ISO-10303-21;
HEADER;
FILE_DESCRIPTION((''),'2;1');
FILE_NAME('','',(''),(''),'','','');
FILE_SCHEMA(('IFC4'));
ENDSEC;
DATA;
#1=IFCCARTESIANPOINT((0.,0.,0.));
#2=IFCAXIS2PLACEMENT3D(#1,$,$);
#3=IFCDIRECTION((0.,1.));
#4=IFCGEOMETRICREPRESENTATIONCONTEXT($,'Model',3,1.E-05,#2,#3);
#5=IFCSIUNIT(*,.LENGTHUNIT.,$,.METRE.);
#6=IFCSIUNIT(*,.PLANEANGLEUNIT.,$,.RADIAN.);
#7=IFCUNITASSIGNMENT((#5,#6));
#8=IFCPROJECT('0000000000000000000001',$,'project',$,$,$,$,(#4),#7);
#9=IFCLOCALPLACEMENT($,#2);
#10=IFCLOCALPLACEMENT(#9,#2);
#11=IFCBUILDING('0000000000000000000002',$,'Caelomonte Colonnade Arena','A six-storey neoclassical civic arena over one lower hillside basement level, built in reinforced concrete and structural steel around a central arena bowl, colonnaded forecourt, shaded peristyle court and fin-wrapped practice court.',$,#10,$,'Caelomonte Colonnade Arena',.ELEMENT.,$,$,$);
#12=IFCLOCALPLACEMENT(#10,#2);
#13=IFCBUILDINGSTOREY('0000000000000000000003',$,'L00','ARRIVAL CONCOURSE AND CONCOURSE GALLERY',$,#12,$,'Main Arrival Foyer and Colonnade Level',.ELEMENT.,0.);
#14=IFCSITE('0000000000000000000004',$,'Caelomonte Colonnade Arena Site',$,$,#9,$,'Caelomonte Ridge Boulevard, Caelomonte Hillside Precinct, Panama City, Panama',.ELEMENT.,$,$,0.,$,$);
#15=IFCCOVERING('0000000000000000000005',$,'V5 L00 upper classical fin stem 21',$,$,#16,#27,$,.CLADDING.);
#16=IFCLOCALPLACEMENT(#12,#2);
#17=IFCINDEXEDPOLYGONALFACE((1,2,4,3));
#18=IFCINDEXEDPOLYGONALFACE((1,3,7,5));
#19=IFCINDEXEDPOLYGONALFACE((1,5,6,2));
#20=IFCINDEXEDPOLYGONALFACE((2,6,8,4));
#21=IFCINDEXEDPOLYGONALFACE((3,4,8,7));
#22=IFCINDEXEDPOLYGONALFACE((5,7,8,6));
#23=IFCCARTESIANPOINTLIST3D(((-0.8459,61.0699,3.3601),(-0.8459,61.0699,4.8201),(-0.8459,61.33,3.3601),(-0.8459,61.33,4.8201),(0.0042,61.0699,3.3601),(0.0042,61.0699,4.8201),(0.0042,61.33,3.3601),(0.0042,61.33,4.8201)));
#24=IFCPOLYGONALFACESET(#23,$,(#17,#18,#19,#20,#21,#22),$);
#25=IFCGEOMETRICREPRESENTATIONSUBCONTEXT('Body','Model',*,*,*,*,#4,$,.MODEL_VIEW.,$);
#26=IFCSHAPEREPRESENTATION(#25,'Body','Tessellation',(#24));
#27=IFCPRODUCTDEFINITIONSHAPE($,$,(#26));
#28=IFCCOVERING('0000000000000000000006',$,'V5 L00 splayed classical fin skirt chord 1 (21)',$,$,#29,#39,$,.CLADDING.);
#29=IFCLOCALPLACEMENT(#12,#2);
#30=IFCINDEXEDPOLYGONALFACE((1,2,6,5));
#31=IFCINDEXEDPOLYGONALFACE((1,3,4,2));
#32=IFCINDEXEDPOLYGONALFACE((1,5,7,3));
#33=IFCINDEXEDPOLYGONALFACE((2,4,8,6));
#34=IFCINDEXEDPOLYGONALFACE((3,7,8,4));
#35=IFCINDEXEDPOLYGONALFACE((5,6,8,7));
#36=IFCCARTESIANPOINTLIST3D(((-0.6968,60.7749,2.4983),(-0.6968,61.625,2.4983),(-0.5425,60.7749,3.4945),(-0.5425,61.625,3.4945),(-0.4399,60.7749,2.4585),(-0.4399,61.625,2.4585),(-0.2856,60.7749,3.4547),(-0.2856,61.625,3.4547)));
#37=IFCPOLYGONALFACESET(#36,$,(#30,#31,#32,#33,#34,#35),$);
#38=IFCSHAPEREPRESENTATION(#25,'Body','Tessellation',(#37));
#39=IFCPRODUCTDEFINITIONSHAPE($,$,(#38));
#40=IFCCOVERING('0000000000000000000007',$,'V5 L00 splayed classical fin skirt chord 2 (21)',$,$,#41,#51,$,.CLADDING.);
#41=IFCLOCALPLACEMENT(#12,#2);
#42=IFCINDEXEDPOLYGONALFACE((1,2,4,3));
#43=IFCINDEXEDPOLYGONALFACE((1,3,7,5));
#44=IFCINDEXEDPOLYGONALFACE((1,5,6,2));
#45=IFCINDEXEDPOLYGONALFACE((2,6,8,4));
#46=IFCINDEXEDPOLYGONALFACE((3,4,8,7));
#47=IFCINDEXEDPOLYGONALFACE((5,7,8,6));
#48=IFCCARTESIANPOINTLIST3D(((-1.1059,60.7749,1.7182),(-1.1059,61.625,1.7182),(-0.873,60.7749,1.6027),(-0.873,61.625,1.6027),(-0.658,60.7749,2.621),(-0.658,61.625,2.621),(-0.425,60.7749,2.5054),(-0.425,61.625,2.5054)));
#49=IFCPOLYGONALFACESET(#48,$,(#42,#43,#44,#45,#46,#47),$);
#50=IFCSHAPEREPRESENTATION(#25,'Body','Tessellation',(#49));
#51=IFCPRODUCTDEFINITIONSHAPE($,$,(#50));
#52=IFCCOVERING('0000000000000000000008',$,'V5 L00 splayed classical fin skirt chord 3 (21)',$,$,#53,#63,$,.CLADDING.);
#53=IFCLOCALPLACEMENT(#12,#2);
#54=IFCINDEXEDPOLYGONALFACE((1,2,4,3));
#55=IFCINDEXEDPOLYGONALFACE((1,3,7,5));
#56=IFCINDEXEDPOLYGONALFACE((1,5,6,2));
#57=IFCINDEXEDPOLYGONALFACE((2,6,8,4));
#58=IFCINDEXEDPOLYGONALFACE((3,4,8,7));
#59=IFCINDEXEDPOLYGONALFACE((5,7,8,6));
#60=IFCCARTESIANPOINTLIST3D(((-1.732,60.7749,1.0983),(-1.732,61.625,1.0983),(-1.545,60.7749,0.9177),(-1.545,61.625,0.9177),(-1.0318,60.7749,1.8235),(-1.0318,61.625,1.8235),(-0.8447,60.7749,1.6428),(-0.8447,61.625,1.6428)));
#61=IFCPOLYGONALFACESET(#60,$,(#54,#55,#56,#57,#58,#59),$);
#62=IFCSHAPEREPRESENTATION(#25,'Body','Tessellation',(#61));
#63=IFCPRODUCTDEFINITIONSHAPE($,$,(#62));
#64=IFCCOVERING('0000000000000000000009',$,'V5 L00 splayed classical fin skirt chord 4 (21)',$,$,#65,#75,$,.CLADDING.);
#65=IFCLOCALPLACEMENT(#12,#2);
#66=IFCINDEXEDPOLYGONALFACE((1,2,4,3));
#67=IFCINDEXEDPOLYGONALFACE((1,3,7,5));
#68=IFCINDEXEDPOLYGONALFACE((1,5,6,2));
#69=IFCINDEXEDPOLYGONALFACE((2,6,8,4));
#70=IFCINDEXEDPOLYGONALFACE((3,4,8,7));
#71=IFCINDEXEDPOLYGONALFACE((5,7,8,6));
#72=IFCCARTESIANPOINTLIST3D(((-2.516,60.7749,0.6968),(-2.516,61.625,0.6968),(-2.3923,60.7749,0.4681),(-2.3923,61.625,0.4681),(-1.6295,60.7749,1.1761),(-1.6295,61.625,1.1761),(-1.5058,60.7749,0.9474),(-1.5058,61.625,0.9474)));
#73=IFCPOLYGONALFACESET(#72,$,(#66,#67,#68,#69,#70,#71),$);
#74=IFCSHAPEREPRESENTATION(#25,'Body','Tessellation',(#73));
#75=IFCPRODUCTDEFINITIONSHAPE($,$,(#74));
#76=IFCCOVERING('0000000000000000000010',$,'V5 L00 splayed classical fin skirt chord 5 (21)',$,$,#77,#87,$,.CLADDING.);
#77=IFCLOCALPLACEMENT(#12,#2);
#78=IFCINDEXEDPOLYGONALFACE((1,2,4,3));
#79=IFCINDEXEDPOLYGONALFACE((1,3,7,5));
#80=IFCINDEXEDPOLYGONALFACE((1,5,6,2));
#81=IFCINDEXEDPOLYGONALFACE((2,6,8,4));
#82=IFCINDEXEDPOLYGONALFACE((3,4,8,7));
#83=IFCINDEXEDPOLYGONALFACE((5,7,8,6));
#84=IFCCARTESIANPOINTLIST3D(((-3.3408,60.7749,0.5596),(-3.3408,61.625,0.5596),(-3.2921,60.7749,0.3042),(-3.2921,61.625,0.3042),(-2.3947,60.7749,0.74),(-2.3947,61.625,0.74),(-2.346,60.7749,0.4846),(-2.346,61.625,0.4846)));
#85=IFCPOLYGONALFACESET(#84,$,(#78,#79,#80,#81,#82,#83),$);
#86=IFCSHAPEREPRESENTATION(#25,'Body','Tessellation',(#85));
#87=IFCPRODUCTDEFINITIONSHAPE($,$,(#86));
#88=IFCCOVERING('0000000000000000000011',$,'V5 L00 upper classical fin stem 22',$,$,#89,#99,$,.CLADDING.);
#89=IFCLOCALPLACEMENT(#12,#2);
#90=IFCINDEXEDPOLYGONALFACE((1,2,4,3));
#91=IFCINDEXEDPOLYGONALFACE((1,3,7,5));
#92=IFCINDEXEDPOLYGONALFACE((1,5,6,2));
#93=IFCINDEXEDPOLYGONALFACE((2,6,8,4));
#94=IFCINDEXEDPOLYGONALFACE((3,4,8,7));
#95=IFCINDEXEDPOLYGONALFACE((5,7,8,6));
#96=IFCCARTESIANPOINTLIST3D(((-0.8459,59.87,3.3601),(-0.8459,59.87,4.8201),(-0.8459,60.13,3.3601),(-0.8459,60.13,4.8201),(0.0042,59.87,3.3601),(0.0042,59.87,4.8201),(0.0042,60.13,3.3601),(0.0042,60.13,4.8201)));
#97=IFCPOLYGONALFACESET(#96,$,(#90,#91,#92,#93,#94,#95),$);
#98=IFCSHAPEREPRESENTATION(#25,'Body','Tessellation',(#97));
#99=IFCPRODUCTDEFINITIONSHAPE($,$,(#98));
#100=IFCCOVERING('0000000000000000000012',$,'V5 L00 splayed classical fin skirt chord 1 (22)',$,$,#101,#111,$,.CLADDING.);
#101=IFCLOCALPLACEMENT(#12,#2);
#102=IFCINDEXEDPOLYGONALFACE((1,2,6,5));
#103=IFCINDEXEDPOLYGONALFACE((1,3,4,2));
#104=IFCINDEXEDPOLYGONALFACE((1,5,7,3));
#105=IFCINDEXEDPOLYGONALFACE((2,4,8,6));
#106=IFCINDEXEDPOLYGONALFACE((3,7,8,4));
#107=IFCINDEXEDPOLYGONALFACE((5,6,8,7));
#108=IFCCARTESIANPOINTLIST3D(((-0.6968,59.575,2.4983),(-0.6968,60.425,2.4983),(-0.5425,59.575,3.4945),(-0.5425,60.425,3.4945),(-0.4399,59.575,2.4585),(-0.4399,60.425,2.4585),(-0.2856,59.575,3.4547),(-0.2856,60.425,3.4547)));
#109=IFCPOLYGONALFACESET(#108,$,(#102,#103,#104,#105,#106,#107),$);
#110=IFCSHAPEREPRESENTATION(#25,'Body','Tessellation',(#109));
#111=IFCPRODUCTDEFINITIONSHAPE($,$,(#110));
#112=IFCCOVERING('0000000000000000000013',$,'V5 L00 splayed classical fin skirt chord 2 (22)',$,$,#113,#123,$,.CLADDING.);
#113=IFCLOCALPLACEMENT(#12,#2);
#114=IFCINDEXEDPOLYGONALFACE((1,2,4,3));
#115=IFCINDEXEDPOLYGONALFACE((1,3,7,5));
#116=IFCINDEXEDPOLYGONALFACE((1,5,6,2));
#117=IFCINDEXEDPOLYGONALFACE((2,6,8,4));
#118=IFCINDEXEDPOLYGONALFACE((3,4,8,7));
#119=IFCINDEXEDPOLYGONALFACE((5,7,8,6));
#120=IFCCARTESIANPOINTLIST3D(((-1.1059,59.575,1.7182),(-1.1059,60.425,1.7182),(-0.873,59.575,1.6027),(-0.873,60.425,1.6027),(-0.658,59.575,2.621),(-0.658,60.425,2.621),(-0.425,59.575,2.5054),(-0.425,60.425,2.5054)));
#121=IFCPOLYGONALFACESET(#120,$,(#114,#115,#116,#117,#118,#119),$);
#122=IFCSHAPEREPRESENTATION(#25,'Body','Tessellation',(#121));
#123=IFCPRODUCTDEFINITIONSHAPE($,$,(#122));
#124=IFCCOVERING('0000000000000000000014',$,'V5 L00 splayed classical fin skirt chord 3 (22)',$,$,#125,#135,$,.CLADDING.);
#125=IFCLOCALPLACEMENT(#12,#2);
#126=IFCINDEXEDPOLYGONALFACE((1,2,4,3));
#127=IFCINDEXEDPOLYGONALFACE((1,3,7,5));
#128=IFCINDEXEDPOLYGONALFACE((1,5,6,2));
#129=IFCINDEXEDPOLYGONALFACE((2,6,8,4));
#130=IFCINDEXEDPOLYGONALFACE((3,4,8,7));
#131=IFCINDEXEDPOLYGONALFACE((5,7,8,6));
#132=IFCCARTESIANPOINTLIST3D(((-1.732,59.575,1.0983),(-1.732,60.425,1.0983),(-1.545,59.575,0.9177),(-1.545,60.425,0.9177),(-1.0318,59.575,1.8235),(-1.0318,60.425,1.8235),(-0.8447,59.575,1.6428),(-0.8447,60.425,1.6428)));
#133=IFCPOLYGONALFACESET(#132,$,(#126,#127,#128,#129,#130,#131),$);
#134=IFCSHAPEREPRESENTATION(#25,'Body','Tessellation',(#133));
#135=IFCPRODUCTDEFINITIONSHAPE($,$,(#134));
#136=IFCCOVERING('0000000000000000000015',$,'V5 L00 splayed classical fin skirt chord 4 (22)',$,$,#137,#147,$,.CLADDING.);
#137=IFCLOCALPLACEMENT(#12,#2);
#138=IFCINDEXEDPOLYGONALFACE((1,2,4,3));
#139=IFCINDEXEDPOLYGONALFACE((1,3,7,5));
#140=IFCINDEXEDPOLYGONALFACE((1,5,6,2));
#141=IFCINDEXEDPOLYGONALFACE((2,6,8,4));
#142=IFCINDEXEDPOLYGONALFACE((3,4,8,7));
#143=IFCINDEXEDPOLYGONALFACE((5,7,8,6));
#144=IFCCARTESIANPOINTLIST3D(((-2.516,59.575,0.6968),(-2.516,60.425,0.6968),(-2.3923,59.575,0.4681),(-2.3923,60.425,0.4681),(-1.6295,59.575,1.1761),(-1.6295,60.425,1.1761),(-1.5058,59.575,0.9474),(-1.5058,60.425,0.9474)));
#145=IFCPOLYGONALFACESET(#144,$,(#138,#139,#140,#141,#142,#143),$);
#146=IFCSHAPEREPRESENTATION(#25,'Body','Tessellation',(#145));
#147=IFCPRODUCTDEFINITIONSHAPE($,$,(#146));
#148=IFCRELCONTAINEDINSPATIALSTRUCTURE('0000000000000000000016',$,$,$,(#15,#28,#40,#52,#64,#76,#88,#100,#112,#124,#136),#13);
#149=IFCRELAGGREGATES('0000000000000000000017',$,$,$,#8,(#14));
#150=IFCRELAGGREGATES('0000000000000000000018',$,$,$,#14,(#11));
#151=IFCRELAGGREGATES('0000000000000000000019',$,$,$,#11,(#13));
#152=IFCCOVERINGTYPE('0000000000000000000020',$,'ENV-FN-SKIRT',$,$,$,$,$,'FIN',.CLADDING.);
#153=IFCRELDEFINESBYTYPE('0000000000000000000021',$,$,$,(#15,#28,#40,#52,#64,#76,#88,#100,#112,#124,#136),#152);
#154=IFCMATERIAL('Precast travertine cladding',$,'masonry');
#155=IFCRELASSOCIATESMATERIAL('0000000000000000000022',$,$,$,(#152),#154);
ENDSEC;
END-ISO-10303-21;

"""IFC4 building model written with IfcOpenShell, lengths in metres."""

from ifc_helpers import new_model, si_unit, direction, frame, origin, origin_2d, place, context, subcontext, project, spatial, rectangle, extrude, material, material_profile, profile_set, type_object, element, save


model = new_model("IFC4")

# Units and contexts
model_context = context("Model", 3, precision=1e-05, world=origin(), true_north=direction((0.0, 1.0)))
body_context = subcontext(model_context, "Body", "Model", "MODEL_VIEW")
ifc_project = project(units=[si_unit("LENGTHUNIT", "METRE"), si_unit("PLANEANGLEUNIT", "RADIAN")], contexts=[model_context])

# Site, building, storey
site_placement = place(None, origin())
site = spatial("IfcSite", under=ifc_project, at=site_placement, Name="Caelomonte Colonnade Arena Site", LongName="Caelomonte Ridge Boulevard, Caelomonte Hillside Precinct, Panama City, Panama", CompositionType="ELEMENT", RefElevation=0.0)
building_placement = place(site_placement, origin())
building = spatial("IfcBuilding", under=site, at=building_placement, Name="Caelomonte Colonnade Arena", Description="A six-storey neoclassical civic arena over one lower hillside basement level, built in reinforced concrete and structural steel around a central arena bowl, colonnaded forecourt, shaded peristyle court and fin-wrapped practice court.", LongName="Caelomonte Colonnade Arena", CompositionType="ELEMENT")
storey_placement = place(building_placement, origin())
storey = spatial("IfcBuildingStorey", under=building, at=storey_placement, Name="L00", Description="ARRIVAL CONCOURSE AND CONCOURSE GALLERY", LongName="Main Arrival Foyer and Colonnade Level", CompositionType="ELEMENT", Elevation=0.0)

# Coverings
ifc_material = material(Name="Precast travertine cladding", Category="masonry")
ifc_material_profile = material_profile(ifc_material, rectangle(XDim=0.26, YDim=0.8501, at=origin_2d()), Name="FIN260X850")
ifc_profile_set = profile_set([ifc_material_profile], Name="Precast travertine cladding")
covering_type = type_object("IfcCoveringType", Name="ENV-FN-SKIRT", ElementType="FIN", PredefinedType="CLADDING", material=ifc_profile_set)
covering_1_placement = place(storey_placement, frame((-0.4209, 61.2, 3.3601), z_axis=(0.0, 0.0, 1.0), x_axis=(0.0, 1.0, 0.0)))
element("IfcCovering", 1, at=covering_1_placement, inside=storey, type_object=covering_type, Name="V5 L00 upper classical fin stem 21", PredefinedType="CLADDING", context=body_context, shape_type="SweptSolid", body=[
    extrude(rectangle(XDim=0.26, YDim=0.8501, at=origin_2d()), origin(), (0.0, 0.0, 1.0), 1.46),
])
covering_2_placement = place(storey_placement, frame((-0.4141, 61.2, 3.4746), z_axis=(-0.153076, 0.0, -0.988214), x_axis=(-0.988214, 0.0, 0.153076)))
element("IfcCovering", 2, at=covering_2_placement, inside=storey, type_object=covering_type, Name="V5 L00 splayed classical fin skirt chord 1 (21)", PredefinedType="CLADDING", context=body_context, shape_type="SweptSolid", body=[
    extrude(rectangle(XDim=0.26, YDim=0.8501, at=origin_2d()), origin(), (0.0, 0.0, 1.0), 1.0081),
])
covering_3_placement = place(storey_placement, frame((-0.5415, 61.2, 2.5632), z_axis=(-0.444499, 0.0, -0.89578), x_axis=(-0.89578, 0.0, 0.444499)))
element("IfcCovering", 3, at=covering_3_placement, inside=storey, type_object=covering_type, Name="V5 L00 splayed classical fin skirt chord 2 (21)", PredefinedType="CLADDING", context=body_context, shape_type="SweptSolid", body=[
    extrude(rectangle(XDim=0.26, YDim=0.8501, at=origin_2d()), origin(), (0.0, 0.0, 1.0), 1.0078),
])
covering_4_placement = place(storey_placement, frame((-0.9382, 61.2, 1.7332), z_axis=(-0.694646, 0.0, -0.719351), x_axis=(-0.719351, 0.0, 0.694646)))
element("IfcCovering", 4, at=covering_4_placement, inside=storey, type_object=covering_type, Name="V5 L00 splayed classical fin skirt chord 3 (21)", PredefinedType="CLADDING", context=body_context, shape_type="SweptSolid", body=[
    extrude(rectangle(XDim=0.26, YDim=0.8501, at=origin_2d()), origin(), (0.0, 0.0, 1.0), 1.0081),
])
covering_5_placement = place(storey_placement, frame((-1.5676, 61.2, 1.0618), z_axis=(-0.879676, 0.0, -0.475573), x_axis=(-0.475573, 0.0, 0.879676)))
element("IfcCovering", 5, at=covering_5_placement, inside=storey, type_object=covering_type, Name="V5 L00 splayed classical fin skirt chord 4 (21)", PredefinedType="CLADDING", context=body_context, shape_type="SweptSolid", body=[
    extrude(rectangle(XDim=0.26, YDim=0.8501, at=origin_2d()), origin(), (0.0, 0.0, 1.0), 1.0078),
])
covering_6_placement = place(storey_placement, frame((-2.3704, 61.2, 0.6123), z_axis=(-0.982296, 0.0, -0.187333), x_axis=(-0.187333, 0.0, 0.982296)))
element("IfcCovering", 6, at=covering_6_placement, inside=storey, type_object=covering_type, Name="V5 L00 splayed classical fin skirt chord 5 (21)", PredefinedType="CLADDING", context=body_context, shape_type="SweptSolid", body=[
    extrude(rectangle(XDim=0.26, YDim=0.8501, at=origin_2d()), origin(), (0.0, 0.0, 1.0), 0.9631),
])
covering_7_placement = place(storey_placement, frame((-0.4209, 60.0, 3.3601), z_axis=(0.0, 0.0, 1.0), x_axis=(0.0, 1.0, 0.0)))
element("IfcCovering", 7, at=covering_7_placement, inside=storey, type_object=covering_type, Name="V5 L00 upper classical fin stem 22", PredefinedType="CLADDING", context=body_context, shape_type="SweptSolid", body=[
    extrude(rectangle(XDim=0.26, YDim=0.8501, at=origin_2d()), origin(), (0.0, 0.0, 1.0), 1.46),
])
covering_8_placement = place(storey_placement, frame((-0.4141, 60.0, 3.4746), z_axis=(-0.153076, 0.0, -0.988214), x_axis=(-0.988214, 0.0, 0.153076)))
element("IfcCovering", 8, at=covering_8_placement, inside=storey, type_object=covering_type, Name="V5 L00 splayed classical fin skirt chord 1 (22)", PredefinedType="CLADDING", context=body_context, shape_type="SweptSolid", body=[
    extrude(rectangle(XDim=0.26, YDim=0.8501, at=origin_2d()), origin(), (0.0, 0.0, 1.0), 1.0081),
])
covering_9_placement = place(storey_placement, frame((-0.5415, 60.0, 2.5632), z_axis=(-0.444499, 0.0, -0.89578), x_axis=(-0.89578, 0.0, 0.444499)))
element("IfcCovering", 9, at=covering_9_placement, inside=storey, type_object=covering_type, Name="V5 L00 splayed classical fin skirt chord 2 (22)", PredefinedType="CLADDING", context=body_context, shape_type="SweptSolid", body=[
    extrude(rectangle(XDim=0.26, YDim=0.8501, at=origin_2d()), origin(), (0.0, 0.0, 1.0), 1.0078),
])
covering_10_placement = place(storey_placement, frame((-0.9382, 60.0, 1.7332), z_axis=(-0.694646, 0.0, -0.719351), x_axis=(-0.719351, 0.0, 0.694646)))
element("IfcCovering", 10, at=covering_10_placement, inside=storey, type_object=covering_type, Name="V5 L00 splayed classical fin skirt chord 3 (22)", PredefinedType="CLADDING", context=body_context, shape_type="SweptSolid", body=[
    extrude(rectangle(XDim=0.26, YDim=0.8501, at=origin_2d()), origin(), (0.0, 0.0, 1.0), 1.0081),
])
covering_11_placement = place(storey_placement, frame((-1.5676, 60.0, 1.0618), z_axis=(-0.879676, 0.0, -0.475573), x_axis=(-0.475573, 0.0, 0.879676)))
element("IfcCovering", 11, at=covering_11_placement, inside=storey, type_object=covering_type, Name="V5 L00 splayed classical fin skirt chord 4 (22)", PredefinedType="CLADDING", context=body_context, shape_type="SweptSolid", body=[
    extrude(rectangle(XDim=0.26, YDim=0.8501, at=origin_2d()), origin(), (0.0, 0.0, 1.0), 1.0078),
])

save(model, "model.ifc")
